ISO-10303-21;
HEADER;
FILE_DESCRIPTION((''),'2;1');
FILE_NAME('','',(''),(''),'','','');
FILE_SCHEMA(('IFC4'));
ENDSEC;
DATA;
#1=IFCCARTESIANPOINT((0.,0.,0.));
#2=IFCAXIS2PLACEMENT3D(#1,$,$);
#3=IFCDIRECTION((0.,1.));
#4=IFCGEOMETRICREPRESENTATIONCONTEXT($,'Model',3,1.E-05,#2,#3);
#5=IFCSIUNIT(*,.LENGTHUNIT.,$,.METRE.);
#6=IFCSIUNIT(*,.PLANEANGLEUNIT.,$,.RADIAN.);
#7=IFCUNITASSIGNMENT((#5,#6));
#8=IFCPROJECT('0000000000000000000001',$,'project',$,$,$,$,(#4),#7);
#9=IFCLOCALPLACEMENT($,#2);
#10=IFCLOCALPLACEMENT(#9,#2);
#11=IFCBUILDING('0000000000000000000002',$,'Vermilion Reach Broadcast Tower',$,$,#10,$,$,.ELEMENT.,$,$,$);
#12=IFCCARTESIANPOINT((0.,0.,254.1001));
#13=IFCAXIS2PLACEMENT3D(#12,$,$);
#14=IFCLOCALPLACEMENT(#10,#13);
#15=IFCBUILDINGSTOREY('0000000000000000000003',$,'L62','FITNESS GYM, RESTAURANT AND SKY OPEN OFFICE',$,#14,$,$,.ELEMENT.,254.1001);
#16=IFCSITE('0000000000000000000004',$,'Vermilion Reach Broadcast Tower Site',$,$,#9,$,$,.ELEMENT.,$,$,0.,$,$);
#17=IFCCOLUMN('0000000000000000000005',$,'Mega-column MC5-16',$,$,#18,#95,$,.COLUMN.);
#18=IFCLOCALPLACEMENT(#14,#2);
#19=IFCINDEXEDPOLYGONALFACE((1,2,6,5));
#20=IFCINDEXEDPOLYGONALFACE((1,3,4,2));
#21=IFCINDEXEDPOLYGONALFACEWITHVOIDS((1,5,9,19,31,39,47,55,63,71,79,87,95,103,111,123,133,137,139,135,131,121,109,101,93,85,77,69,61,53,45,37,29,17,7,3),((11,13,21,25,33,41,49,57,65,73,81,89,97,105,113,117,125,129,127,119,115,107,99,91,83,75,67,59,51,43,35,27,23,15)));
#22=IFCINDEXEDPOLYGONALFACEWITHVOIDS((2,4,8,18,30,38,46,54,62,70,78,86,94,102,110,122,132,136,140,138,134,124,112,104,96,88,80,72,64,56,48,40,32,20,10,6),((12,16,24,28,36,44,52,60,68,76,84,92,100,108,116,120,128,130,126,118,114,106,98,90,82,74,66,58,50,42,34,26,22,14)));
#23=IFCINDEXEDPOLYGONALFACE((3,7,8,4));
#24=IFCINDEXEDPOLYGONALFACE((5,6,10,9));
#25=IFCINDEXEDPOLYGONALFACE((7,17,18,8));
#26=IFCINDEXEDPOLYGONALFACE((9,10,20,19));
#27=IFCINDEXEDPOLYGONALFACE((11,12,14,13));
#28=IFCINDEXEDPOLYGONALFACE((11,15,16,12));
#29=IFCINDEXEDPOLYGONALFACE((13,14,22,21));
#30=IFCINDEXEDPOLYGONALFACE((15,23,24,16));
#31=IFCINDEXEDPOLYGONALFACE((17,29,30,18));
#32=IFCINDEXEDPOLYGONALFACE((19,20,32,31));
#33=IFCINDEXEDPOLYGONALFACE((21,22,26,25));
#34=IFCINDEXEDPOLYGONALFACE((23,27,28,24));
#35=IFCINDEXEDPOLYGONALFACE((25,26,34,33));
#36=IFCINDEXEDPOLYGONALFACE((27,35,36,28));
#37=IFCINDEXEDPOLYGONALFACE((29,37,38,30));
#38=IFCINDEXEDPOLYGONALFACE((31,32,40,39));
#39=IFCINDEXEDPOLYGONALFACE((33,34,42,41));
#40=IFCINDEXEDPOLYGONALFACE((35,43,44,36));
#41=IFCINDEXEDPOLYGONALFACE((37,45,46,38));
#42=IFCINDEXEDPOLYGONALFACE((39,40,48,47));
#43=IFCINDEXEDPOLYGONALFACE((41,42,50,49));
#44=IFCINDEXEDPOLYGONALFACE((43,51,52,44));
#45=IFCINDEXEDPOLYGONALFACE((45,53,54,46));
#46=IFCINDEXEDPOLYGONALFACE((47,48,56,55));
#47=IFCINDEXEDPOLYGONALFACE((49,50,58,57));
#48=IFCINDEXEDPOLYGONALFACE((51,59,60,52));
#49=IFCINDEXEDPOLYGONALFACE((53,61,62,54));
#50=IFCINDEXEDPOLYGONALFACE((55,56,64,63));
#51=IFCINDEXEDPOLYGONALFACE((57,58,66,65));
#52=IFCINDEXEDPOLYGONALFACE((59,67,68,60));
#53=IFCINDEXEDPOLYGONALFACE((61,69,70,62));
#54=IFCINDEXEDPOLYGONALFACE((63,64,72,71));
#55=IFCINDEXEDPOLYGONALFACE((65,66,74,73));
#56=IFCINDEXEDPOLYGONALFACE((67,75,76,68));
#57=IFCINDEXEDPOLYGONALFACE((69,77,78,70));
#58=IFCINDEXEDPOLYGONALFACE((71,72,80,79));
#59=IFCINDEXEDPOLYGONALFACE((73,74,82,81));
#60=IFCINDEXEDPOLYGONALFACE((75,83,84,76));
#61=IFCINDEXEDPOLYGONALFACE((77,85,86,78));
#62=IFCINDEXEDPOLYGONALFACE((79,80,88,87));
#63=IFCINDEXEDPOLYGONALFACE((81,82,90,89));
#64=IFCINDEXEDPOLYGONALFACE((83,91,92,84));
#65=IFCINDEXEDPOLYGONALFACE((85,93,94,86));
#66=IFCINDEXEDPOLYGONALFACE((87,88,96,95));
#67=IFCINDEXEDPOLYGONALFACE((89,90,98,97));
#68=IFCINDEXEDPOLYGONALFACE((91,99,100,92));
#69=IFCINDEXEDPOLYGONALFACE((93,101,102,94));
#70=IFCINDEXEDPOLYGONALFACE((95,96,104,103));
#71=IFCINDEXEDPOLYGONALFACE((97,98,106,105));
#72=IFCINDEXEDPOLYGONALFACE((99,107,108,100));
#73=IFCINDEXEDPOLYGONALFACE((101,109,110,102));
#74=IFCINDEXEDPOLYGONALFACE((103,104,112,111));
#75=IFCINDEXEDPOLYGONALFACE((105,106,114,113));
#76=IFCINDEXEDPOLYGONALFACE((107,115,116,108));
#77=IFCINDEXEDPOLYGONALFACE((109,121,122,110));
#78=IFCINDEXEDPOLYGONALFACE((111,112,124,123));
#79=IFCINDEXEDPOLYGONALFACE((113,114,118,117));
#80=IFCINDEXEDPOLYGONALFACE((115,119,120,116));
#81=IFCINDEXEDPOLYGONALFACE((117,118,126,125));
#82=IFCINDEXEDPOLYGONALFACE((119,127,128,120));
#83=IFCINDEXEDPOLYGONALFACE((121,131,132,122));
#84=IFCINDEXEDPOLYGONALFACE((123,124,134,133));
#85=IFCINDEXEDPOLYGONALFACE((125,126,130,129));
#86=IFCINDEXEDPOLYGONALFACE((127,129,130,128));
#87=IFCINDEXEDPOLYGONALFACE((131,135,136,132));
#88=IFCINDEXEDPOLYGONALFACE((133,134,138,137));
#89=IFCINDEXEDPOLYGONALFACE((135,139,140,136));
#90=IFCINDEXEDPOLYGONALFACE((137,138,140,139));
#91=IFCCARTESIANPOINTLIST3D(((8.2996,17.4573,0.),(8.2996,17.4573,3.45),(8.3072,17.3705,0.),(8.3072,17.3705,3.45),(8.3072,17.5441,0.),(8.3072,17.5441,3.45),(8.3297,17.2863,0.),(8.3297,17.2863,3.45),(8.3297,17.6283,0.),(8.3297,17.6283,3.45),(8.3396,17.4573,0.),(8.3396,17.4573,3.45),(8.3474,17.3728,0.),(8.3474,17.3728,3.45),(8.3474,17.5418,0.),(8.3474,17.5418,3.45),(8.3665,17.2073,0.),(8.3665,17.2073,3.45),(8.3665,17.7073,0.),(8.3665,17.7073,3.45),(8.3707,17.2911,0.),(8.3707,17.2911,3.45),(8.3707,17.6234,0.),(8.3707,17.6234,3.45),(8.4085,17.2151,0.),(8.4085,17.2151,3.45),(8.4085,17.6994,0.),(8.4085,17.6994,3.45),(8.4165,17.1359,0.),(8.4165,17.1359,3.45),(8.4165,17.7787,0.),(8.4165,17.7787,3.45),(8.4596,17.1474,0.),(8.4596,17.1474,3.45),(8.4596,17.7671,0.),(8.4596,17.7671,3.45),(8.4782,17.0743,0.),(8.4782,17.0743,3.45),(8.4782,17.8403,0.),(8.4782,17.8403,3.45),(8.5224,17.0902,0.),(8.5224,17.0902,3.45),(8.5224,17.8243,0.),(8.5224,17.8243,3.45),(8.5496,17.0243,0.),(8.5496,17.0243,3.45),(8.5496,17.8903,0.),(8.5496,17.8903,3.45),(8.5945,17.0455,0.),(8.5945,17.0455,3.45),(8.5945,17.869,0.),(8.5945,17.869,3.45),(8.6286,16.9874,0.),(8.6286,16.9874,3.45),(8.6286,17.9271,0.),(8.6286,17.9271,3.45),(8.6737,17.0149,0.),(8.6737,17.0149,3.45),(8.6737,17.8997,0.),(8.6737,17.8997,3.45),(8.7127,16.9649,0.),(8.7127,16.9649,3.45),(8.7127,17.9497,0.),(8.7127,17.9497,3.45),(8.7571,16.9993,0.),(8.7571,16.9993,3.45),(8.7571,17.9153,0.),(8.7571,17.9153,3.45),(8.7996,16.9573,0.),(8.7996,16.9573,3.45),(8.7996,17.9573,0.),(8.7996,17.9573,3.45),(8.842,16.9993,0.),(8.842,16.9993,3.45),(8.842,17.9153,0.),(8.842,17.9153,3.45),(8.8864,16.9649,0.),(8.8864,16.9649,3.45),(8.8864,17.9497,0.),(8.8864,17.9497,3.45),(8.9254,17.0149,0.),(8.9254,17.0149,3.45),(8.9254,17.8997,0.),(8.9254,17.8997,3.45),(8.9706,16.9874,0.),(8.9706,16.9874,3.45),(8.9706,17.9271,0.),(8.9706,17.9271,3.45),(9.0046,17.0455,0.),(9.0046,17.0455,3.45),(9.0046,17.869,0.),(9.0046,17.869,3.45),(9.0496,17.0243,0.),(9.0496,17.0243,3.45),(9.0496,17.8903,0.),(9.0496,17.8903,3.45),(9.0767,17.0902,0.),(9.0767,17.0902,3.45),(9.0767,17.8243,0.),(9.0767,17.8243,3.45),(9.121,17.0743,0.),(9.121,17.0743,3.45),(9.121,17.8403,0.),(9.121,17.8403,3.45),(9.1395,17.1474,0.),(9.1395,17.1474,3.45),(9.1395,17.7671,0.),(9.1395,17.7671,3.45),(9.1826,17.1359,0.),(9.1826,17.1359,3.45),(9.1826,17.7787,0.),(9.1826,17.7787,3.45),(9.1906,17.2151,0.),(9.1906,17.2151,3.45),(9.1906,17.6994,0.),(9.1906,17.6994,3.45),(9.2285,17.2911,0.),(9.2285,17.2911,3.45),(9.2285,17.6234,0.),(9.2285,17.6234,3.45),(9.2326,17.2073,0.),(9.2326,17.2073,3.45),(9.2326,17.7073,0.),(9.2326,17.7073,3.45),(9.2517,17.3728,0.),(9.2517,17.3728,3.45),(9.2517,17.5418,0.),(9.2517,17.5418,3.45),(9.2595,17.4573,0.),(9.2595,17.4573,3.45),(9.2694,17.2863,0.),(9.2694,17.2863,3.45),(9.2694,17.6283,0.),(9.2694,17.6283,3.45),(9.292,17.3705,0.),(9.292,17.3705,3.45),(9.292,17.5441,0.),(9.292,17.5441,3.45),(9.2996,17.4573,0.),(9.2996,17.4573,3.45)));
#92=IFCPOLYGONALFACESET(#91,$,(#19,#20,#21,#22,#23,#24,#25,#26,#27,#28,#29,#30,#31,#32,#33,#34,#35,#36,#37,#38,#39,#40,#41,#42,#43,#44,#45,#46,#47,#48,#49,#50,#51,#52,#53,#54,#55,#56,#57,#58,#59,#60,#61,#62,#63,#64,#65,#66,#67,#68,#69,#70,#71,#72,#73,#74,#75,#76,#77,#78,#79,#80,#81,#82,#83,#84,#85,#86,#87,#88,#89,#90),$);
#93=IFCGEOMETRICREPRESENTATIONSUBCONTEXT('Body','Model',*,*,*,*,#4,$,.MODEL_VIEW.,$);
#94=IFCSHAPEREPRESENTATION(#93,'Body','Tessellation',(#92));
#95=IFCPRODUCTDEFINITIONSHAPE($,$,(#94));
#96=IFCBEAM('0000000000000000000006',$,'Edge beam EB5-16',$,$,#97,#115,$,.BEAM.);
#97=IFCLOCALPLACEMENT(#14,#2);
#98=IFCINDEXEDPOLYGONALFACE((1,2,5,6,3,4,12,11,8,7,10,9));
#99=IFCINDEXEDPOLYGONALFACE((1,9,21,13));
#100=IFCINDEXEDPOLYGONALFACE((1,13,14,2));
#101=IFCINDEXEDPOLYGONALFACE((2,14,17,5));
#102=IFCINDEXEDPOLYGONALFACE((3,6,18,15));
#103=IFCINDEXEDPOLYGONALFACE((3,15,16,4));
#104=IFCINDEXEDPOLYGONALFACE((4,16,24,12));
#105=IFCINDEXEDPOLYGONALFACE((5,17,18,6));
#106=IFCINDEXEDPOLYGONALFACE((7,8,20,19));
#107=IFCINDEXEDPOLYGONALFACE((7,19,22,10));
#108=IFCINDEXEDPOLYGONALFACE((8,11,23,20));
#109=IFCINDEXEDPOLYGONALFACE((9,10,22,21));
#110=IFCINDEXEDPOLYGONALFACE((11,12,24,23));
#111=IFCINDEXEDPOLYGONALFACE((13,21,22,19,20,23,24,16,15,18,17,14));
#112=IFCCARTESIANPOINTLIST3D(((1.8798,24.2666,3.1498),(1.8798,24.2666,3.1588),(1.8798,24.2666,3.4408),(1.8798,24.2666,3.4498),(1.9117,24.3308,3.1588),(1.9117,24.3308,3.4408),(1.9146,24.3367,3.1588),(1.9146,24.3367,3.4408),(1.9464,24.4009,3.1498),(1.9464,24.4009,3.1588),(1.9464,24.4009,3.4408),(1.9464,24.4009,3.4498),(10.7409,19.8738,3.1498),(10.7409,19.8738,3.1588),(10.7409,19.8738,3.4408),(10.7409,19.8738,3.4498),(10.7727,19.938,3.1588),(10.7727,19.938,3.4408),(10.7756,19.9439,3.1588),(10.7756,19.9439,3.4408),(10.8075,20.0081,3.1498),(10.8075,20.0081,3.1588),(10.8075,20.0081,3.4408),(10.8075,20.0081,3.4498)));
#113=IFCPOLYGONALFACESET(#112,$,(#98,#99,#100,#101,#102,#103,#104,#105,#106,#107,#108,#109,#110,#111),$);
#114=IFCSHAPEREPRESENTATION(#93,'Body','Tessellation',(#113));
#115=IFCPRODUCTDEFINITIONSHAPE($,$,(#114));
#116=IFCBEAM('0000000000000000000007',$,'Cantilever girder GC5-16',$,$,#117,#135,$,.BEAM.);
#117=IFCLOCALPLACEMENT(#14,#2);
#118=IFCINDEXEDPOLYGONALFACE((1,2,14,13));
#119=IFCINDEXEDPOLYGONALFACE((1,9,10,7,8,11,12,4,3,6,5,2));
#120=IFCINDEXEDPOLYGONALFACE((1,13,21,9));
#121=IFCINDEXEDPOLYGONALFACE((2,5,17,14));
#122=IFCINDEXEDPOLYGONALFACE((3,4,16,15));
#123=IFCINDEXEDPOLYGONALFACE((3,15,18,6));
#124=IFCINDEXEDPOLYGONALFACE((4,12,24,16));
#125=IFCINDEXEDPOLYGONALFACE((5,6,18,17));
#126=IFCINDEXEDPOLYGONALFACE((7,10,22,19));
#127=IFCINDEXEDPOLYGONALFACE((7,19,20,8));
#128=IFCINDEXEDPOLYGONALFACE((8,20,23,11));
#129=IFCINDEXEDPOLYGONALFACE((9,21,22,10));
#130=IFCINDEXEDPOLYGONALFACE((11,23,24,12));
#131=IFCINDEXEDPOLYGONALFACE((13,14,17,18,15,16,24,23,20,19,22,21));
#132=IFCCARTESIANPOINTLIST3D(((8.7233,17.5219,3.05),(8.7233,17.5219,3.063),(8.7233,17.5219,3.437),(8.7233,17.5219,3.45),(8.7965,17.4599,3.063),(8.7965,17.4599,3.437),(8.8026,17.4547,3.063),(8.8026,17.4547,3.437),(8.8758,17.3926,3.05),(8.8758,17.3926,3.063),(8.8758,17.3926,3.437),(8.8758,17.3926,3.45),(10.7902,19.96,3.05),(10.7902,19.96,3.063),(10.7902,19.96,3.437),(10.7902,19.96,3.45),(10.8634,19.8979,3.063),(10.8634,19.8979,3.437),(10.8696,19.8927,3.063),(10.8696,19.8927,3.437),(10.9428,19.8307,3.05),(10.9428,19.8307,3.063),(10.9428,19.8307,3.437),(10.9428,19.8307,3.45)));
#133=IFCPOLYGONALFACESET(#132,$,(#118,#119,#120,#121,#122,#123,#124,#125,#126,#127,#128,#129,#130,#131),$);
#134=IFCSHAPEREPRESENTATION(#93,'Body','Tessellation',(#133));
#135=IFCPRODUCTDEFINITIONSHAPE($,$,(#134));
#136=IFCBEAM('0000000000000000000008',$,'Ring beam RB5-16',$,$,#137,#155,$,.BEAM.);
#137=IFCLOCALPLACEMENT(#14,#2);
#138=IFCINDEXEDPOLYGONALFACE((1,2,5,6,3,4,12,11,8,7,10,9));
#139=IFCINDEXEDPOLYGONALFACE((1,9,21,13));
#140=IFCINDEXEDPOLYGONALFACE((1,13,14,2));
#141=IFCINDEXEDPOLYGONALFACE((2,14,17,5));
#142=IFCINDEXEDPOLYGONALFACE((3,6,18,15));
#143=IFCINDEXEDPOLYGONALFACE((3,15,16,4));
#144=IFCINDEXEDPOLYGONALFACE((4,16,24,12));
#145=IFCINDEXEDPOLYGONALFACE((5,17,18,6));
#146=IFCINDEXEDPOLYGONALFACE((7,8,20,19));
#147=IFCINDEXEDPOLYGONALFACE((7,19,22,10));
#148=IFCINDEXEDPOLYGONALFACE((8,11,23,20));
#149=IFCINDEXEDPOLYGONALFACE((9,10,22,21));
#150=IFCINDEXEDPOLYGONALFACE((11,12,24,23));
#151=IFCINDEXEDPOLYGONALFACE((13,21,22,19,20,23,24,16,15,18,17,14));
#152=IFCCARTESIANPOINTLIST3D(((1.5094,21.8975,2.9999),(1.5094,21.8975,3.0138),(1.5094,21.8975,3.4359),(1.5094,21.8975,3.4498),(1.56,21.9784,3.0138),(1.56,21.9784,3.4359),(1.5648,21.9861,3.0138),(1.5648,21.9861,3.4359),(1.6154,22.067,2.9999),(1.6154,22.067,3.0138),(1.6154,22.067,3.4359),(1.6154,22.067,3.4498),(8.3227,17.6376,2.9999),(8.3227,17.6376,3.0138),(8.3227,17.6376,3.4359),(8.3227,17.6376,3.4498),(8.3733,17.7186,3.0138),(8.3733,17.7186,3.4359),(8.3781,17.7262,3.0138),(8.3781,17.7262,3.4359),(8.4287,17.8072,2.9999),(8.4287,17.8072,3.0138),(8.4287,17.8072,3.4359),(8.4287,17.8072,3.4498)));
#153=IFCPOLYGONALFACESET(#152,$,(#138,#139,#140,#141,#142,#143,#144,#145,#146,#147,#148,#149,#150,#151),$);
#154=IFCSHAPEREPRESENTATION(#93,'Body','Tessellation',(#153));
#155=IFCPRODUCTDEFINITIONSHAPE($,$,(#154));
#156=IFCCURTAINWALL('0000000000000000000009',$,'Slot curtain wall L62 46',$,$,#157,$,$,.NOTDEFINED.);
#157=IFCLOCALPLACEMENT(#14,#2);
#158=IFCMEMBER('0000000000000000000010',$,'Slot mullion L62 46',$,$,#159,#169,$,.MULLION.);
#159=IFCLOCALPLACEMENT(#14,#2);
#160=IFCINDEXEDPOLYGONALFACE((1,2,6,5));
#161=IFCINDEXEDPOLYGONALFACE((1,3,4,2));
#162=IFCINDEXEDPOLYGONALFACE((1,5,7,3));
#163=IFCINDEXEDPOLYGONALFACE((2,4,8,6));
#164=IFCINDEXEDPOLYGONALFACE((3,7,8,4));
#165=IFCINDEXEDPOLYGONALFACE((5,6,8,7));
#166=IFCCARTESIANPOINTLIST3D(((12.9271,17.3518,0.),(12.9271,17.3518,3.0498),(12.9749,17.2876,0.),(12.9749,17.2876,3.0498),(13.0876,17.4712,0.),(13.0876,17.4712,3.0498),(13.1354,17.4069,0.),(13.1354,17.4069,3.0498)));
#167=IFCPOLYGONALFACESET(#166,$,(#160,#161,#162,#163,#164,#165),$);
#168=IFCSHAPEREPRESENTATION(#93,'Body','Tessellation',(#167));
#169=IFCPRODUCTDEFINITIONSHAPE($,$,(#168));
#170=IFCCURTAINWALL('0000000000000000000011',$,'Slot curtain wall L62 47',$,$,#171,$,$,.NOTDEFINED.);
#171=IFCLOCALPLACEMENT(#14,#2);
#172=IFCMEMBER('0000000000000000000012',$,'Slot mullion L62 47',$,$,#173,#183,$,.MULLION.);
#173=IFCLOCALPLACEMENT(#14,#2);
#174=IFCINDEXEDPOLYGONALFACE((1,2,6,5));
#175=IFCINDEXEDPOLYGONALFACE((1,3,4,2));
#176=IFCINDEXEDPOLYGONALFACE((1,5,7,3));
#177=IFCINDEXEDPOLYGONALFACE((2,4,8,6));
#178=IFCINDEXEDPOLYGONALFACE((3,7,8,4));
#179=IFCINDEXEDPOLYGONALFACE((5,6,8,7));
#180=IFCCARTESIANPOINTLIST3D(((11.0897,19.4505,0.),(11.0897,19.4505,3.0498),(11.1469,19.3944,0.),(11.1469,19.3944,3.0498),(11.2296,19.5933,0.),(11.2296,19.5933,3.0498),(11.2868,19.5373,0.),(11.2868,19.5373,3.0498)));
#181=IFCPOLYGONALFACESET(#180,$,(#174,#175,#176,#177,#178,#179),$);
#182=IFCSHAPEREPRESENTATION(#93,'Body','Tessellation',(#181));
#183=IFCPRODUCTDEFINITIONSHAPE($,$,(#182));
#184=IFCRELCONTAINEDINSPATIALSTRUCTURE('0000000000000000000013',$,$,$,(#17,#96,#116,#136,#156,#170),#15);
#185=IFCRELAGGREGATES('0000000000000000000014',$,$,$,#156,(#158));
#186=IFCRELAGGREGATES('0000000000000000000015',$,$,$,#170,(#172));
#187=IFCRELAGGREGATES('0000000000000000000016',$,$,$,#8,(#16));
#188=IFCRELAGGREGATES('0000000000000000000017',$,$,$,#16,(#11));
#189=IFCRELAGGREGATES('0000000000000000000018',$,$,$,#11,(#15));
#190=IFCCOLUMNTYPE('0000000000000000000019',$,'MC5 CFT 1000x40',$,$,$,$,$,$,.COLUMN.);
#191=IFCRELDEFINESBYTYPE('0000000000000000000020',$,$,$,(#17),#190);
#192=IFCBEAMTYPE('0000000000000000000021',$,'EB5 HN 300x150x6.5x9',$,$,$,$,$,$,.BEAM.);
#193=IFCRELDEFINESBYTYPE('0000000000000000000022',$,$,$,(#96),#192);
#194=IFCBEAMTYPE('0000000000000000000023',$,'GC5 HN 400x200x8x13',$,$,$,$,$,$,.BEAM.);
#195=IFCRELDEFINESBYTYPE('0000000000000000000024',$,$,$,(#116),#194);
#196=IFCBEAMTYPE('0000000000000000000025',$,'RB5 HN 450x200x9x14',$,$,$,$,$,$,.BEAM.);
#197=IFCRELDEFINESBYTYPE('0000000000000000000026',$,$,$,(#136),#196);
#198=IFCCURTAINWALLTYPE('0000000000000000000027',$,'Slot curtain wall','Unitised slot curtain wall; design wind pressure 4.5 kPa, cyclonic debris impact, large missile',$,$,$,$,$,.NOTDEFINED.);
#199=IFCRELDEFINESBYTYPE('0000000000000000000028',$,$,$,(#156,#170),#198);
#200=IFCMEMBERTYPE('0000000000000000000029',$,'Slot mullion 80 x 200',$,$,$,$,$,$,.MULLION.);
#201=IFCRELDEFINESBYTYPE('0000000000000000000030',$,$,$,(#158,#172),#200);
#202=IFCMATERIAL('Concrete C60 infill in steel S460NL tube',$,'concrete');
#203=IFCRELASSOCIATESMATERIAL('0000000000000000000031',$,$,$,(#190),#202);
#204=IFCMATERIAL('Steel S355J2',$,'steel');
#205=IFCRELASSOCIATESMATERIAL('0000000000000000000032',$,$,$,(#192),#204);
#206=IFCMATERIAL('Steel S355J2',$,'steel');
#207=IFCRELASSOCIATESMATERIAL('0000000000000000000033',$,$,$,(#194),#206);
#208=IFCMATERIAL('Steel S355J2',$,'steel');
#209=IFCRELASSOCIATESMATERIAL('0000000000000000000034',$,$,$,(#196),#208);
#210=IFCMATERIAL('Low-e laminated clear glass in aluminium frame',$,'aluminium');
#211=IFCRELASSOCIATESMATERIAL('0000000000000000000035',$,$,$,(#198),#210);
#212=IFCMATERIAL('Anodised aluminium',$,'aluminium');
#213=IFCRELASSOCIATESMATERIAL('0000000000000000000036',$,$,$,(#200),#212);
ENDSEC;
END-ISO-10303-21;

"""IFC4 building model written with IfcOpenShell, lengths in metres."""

from ifc_helpers import new_model, si_unit, direction, frame, origin, origin_2d, place, context, subcontext, project, spatial, rectangle, hollow_circle, i_section, extrude, material, material_profile, profile_set, type_object, element, aggregate, save


model = new_model("IFC4")

# Units and contexts
model_context = context("Model", 3, precision=1e-05, world=origin(), true_north=direction((0.0, 1.0)))
body_context = subcontext(model_context, "Body", "Model", "MODEL_VIEW")
ifc_project = project(units=[si_unit("LENGTHUNIT", "METRE"), si_unit("PLANEANGLEUNIT", "RADIAN")], contexts=[model_context])

# Site, building, storey
site_placement = place(None, origin())
site = spatial("IfcSite", under=ifc_project, at=site_placement, Name="Vermilion Reach Broadcast Tower Site", CompositionType="ELEMENT", RefElevation=0.0)
building_placement = place(site_placement, origin())
building = spatial("IfcBuilding", under=site, at=building_placement, Name="Vermilion Reach Broadcast Tower", CompositionType="ELEMENT")
storey_placement = place(building_placement, frame((0.0, 0.0, 254.1001)))
storey = spatial("IfcBuildingStorey", under=building, at=storey_placement, Name="L62", Description="FITNESS GYM, RESTAURANT AND SKY OPEN OFFICE", CompositionType="ELEMENT", Elevation=254.1001)

# Column
ifc_material_1 = material(Name="Concrete C60 infill in steel S460NL tube", Category="concrete")
ifc_material_profile_1 = material_profile(ifc_material_1, hollow_circle(Radius=0.5, WallThickness=0.04, at=origin_2d()), Name="Concrete C60 infill in steel S460NL tube CFT 1000x40")
ifc_profile_set_1 = profile_set([ifc_material_profile_1], Name="Concrete C60 infill in steel S460NL tube")
column_type = type_object("IfcColumnType", Name="MC5 CFT 1000x40", PredefinedType="COLUMN", material=ifc_profile_set_1)
column_placement = place(storey_placement, frame((8.7996, 17.4573, 0.0), z_axis=(0.0, 0.0, 1.0), x_axis=(1.0, 0.0, 0.0)))
element("IfcColumn", 1, at=column_placement, inside=storey, type_object=column_type, Name="Mega-column MC5-16", PredefinedType="COLUMN", context=body_context, shape_type="SweptSolid", body=[
    extrude(hollow_circle(Radius=0.5, WallThickness=0.04, at=origin_2d()), origin(), (0.0, 0.0, 1.0), 3.45),
])

# Beams
ifc_material_2 = material(Name="Steel S355J2", Category="steel")
ifc_material_profile_2 = material_profile(ifc_material_2, i_section(OverallWidth=0.1499, OverallDepth=0.3, WebThickness=0.0066, FlangeThickness=0.009, at=origin_2d()), Name="S355J2 HN 300x150x6.5x9")
ifc_profile_set_2 = profile_set([ifc_material_profile_2], Name="Steel S355J2")
beam_type_1 = type_object("IfcBeamType", Name="EB5 HN 300x150x6.5x9", PredefinedType="BEAM", material=ifc_profile_set_2)
beam_1_placement = place(storey_placement, frame((10.7742, 19.9409, 3.2998), z_axis=(-0.895948, 0.44416, 0.0), x_axis=(-0.44416, -0.895948, 0.0)))
element("IfcBeam", 2, at=beam_1_placement, inside=storey, type_object=beam_type_1, Name="Edge beam EB5-16", PredefinedType="BEAM", context=body_context, shape_type="SweptSolid", body=[
    extrude(i_section(OverallWidth=0.1499, OverallDepth=0.3, WebThickness=0.0066, FlangeThickness=0.009, at=origin_2d()), origin(), (0.0, 0.0, 1.0), 9.8901),
])
ifc_material_3 = material(Name="Steel S355J2", Category="steel")
ifc_material_profile_3 = material_profile(ifc_material_3, i_section(OverallWidth=0.2, OverallDepth=0.3999, WebThickness=0.0081, FlangeThickness=0.0129, at=origin_2d()), Name="S355J2 HN 400x200x8x13")
ifc_profile_set_3 = profile_set([ifc_material_profile_3], Name="Steel S355J2")
beam_type_2 = type_object("IfcBeamType", Name="GC5 HN 400x200x8x13", PredefinedType="BEAM", material=ifc_profile_set_3)
beam_2_placement = place(storey_placement, frame((8.7996, 17.4573, 3.25), z_axis=(0.646668, 0.762772, 0.0), x_axis=(-0.762772, 0.646668, 0.0)))
element("IfcBeam", 3, at=beam_2_placement, inside=storey, type_object=beam_type_2, Name="Cantilever girder GC5-16", PredefinedType="BEAM", context=body_context, shape_type="SweptSolid", body=[
    extrude(i_section(OverallWidth=0.2, OverallDepth=0.3999, WebThickness=0.0081, FlangeThickness=0.0129, at=origin_2d()), origin(), (0.0, 0.0, 1.0), 3.1963),
])
ifc_material_4 = material(Name="Steel S355J2", Category="steel")
ifc_material_profile_4 = material_profile(ifc_material_4, i_section(OverallWidth=0.2, OverallDepth=0.45, WebThickness=0.009, FlangeThickness=0.0139, at=origin_2d()), Name="S355J2 HN 450x200x9x14")
ifc_profile_set_4 = profile_set([ifc_material_profile_4], Name="Steel S355J2")
beam_type_3 = type_object("IfcBeamType", Name="RB5 HN 450x200x9x14", PredefinedType="BEAM", material=ifc_profile_set_4)
beam_3_placement = place(storey_placement, frame((8.3757, 17.7224, 3.2249), z_axis=(-0.847915, 0.530133, 0.0), x_axis=(-0.530133, -0.847915, 0.0)))
element("IfcBeam", 4, at=beam_3_placement, inside=storey, type_object=beam_type_3, Name="Ring beam RB5-16", PredefinedType="BEAM", context=body_context, shape_type="SweptSolid", body=[
    extrude(i_section(OverallWidth=0.2, OverallDepth=0.45, WebThickness=0.009, FlangeThickness=0.0139, at=origin_2d()), origin(), (0.0, 0.0, 1.0), 8.0354),
])

# Curtain walls, members
ifc_material_5 = material(Name="Low-e laminated clear glass in aluminium frame", Category="aluminium")
curtain_wall_type = type_object("IfcCurtainWallType", Name="Slot curtain wall", Description="Unitised slot curtain wall; design wind pressure 4.5 kPa, cyclonic debris impact, large missile", PredefinedType="NOTDEFINED", material=ifc_material_5)
placement = place(storey_placement, origin())
curtain_wall_1 = element("IfcCurtainWall", 5, at=placement, inside=storey, type_object=curtain_wall_type, Name="Slot curtain wall L62 46", PredefinedType="NOTDEFINED")
ifc_material_6 = material(Name="Anodised aluminium", Category="aluminium")
ifc_material_profile_5 = material_profile(ifc_material_6, rectangle(XDim=0.2, YDim=0.0801, at=origin_2d()), Name="Slot mullion 80 x 200")
ifc_profile_set_5 = profile_set([ifc_material_profile_5], Name="Anodised aluminium")
member_type_1 = type_object("IfcMemberType", Name="Slot mullion 80 x 200", PredefinedType="MULLION", material=ifc_profile_set_5)
member_1_placement = place(storey_placement, frame((13.0312, 17.3794, 0.0), z_axis=(0.0, 0.0, 1.0), x_axis=(-0.802333, -0.596877, 0.0)))
member_1 = element("IfcMember", 6, at=member_1_placement, type_object=member_type_1, Name="Slot mullion L62 46", PredefinedType="MULLION", context=body_context, shape_type="SweptSolid", body=[
    extrude(rectangle(XDim=0.2, YDim=0.0801, at=origin_2d()), origin(), (0.0, 0.0, 1.0), 3.0498),
])
curtain_wall_2 = element("IfcCurtainWall", 7, at=placement, inside=storey, type_object=curtain_wall_type, Name="Slot curtain wall L62 47", PredefinedType="NOTDEFINED")
member_2_placement = place(storey_placement, frame((11.1882, 19.4939, 0.0), z_axis=(0.0, 0.0, 1.0), x_axis=(-0.699525, -0.714608, 0.0)))
member_2 = element("IfcMember", 8, at=member_2_placement, type_object=member_type_1, Name="Slot mullion L62 47", PredefinedType="MULLION", context=body_context, shape_type="SweptSolid", body=[
    extrude(rectangle(XDim=0.2, YDim=0.0801, at=origin_2d()), origin(), (0.0, 0.0, 1.0), 3.0498),
])

aggregate(curtain_wall_1, [member_1])
aggregate(curtain_wall_2, [member_2])

save(model, "model.ifc")
